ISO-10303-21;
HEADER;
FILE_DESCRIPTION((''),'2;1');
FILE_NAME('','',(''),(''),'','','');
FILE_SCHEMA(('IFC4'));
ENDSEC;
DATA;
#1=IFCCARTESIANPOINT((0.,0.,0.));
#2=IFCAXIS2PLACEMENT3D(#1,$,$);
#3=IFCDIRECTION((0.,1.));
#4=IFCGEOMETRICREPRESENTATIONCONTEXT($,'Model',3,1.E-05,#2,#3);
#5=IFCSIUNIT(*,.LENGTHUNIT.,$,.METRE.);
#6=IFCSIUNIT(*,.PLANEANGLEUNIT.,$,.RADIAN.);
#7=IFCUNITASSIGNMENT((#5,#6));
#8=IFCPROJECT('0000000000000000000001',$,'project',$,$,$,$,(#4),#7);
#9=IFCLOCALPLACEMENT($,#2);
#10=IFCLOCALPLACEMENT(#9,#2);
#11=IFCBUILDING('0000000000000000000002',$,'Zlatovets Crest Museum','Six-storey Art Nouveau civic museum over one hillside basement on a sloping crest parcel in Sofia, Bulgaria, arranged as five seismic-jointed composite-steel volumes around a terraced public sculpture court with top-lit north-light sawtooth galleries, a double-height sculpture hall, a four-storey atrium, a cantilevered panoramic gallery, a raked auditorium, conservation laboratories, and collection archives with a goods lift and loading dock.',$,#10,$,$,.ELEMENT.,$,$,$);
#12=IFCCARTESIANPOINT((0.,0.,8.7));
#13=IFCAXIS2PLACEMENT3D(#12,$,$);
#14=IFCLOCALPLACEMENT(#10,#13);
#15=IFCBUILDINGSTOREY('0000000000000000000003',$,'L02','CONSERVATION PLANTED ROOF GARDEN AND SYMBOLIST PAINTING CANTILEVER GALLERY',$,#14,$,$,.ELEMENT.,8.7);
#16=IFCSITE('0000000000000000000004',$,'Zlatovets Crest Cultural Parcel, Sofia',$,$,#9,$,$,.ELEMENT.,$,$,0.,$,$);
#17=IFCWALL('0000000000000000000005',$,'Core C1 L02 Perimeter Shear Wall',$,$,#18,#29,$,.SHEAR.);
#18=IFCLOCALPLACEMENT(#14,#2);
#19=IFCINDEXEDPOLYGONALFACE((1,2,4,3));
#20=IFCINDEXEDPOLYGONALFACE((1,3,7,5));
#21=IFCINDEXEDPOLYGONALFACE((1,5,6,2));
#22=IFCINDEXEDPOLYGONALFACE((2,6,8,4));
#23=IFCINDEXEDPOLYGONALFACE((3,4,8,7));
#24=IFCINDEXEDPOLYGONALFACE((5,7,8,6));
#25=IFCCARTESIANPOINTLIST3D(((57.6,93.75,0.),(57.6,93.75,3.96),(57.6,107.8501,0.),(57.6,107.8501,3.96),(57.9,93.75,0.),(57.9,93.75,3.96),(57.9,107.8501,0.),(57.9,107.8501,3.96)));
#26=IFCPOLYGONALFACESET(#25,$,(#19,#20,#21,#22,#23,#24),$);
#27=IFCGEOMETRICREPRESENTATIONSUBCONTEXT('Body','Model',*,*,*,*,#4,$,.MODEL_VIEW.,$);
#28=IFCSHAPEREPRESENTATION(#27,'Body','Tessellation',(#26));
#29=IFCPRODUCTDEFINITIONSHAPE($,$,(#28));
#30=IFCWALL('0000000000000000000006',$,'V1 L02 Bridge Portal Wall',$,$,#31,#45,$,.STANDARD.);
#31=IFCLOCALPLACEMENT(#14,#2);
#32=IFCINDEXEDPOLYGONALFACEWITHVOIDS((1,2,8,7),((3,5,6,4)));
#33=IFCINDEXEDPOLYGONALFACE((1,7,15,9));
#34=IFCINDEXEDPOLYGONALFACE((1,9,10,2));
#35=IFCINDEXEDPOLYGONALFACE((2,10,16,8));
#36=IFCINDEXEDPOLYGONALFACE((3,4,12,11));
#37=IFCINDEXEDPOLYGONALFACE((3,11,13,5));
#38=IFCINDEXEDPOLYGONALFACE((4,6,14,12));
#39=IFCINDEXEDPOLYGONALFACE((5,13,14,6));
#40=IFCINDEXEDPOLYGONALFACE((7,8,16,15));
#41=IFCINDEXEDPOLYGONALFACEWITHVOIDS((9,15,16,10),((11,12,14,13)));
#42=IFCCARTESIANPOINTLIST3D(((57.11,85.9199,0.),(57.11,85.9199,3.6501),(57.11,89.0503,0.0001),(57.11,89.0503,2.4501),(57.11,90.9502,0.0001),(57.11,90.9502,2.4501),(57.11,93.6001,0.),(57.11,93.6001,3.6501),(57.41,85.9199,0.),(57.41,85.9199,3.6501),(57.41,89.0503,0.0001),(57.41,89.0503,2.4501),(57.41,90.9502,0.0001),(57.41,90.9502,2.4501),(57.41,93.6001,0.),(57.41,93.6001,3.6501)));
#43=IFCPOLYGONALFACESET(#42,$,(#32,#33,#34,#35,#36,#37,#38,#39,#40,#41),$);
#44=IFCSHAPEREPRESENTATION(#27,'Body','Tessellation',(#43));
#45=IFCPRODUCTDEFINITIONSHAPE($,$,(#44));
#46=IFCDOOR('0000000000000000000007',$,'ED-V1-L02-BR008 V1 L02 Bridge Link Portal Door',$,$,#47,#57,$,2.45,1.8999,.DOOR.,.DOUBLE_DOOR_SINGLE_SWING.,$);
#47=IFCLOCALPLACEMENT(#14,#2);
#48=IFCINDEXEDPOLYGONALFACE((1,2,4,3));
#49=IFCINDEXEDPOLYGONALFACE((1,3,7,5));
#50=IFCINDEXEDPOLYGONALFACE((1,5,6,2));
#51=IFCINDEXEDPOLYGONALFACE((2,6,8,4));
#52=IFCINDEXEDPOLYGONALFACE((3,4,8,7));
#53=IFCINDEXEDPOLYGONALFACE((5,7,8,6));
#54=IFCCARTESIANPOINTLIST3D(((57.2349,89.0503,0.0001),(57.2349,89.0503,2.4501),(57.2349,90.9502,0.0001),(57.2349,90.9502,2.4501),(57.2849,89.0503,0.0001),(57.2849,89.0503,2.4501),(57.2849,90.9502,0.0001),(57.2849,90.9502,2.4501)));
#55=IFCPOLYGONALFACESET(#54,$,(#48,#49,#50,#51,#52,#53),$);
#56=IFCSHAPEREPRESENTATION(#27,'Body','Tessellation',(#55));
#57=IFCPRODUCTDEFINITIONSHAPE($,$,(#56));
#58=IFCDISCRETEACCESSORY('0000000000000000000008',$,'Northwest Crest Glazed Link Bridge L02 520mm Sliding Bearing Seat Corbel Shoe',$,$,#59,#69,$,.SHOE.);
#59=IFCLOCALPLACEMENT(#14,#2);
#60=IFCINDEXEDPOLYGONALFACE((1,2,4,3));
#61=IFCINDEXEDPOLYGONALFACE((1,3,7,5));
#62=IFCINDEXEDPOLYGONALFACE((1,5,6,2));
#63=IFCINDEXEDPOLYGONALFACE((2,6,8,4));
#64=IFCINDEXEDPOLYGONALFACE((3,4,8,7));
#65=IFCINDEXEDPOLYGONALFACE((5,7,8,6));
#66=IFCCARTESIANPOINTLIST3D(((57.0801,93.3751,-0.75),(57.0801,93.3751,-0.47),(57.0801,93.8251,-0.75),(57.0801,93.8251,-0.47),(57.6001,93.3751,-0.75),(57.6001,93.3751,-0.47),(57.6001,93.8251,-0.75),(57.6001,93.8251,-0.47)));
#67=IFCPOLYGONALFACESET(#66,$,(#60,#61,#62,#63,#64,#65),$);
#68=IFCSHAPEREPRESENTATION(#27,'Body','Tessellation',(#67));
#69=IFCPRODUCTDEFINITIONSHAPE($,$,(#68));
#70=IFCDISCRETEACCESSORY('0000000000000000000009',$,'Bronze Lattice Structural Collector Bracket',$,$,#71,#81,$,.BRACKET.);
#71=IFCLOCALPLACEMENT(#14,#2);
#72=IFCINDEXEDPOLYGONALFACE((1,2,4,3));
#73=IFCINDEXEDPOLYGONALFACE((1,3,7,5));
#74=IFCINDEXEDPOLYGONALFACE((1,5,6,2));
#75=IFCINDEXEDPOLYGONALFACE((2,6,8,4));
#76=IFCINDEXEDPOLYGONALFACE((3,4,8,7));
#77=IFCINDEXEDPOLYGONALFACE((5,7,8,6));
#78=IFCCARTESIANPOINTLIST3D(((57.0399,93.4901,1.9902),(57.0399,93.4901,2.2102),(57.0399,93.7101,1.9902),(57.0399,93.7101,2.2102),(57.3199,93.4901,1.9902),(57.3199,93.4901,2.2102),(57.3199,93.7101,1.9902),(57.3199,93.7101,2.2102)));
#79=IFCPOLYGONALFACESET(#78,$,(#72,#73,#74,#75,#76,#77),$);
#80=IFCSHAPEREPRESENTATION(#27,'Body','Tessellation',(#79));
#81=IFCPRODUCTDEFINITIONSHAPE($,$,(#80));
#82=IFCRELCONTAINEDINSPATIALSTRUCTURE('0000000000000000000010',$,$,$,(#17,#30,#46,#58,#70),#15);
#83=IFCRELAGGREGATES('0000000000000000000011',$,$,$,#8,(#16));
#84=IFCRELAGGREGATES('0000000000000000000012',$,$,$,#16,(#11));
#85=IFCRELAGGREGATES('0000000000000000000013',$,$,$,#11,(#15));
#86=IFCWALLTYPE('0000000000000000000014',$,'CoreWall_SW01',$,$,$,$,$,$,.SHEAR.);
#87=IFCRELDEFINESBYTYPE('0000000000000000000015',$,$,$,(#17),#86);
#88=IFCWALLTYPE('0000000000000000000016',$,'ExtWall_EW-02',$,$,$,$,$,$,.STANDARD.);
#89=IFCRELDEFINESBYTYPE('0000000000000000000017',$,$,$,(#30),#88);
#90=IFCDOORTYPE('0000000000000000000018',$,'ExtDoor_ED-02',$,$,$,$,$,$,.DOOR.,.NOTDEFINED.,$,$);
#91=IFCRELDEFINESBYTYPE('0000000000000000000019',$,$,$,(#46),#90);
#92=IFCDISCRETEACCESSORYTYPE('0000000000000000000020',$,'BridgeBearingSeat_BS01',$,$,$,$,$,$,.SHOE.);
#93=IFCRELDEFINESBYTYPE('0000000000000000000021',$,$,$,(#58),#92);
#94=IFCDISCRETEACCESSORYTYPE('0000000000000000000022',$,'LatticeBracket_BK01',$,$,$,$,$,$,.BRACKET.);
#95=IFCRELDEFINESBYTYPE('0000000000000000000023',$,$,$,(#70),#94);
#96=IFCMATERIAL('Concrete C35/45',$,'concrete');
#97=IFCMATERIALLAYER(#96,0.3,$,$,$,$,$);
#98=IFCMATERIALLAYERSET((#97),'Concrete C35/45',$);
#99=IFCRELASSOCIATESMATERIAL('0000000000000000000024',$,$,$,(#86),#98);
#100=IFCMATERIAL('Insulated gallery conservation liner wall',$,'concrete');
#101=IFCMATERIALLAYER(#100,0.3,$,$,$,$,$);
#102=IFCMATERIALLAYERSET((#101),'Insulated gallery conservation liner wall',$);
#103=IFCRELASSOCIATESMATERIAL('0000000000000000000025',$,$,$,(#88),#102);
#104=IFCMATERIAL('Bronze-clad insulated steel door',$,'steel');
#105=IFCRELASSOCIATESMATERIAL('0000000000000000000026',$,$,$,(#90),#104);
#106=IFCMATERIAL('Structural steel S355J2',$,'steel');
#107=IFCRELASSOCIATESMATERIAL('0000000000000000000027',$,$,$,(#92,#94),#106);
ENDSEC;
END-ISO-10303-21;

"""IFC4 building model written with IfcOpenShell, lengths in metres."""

from ifc_helpers import new_model, si_unit, direction, frame, frame_2d, origin, origin_2d, place, context, subcontext, project, spatial, rectangle, extrude, material, layer, layer_set, type_object, element, fill, save


model = new_model("IFC4")

# Units and contexts
model_context = context("Model", 3, precision=1e-05, world=origin(), true_north=direction((0.0, 1.0)))
body_context = subcontext(model_context, "Body", "Model", "MODEL_VIEW")
ifc_project = project(units=[si_unit("LENGTHUNIT", "METRE"), si_unit("PLANEANGLEUNIT", "RADIAN")], contexts=[model_context])

# Site, building, storey
site_placement = place(None, origin())
site = spatial("IfcSite", under=ifc_project, at=site_placement, Name="Zlatovets Crest Cultural Parcel, Sofia", CompositionType="ELEMENT", RefElevation=0.0)
building_placement = place(site_placement, origin())
building = spatial("IfcBuilding", under=site, at=building_placement, Name="Zlatovets Crest Museum", Description="Six-storey Art Nouveau civic museum over one hillside basement on a sloping crest parcel in Sofia, Bulgaria, arranged as five seismic-jointed composite-steel volumes around a terraced public sculpture court with top-lit north-light sawtooth galleries, a double-height sculpture hall, a four-storey atrium, a cantilevered panoramic gallery, a raked auditorium, conservation laboratories, and collection archives with a goods lift and loading dock.", CompositionType="ELEMENT")
storey_placement = place(building_placement, frame((0.0, 0.0, 8.7)))
storey = spatial("IfcBuildingStorey", under=building, at=storey_placement, Name="L02", Description="CONSERVATION PLANTED ROOF GARDEN AND SYMBOLIST PAINTING CANTILEVER GALLERY", CompositionType="ELEMENT", Elevation=8.7)

# Shared definitions
ifc_material_1 = material(Name="Structural steel S355J2", Category="steel")

# Wall
ifc_material_2 = material(Name="Concrete C35/45", Category="concrete")
ifc_layer_1 = layer(ifc_material_2, 0.3)
ifc_layer_set_1 = layer_set([ifc_layer_1], Name="Concrete C35/45")
wall_type_1 = type_object("IfcWallType", Name="CoreWall_SW01", PredefinedType="SHEAR", material=ifc_layer_set_1)
wall_1_placement = place(storey_placement, frame((57.75, 93.75, 0.0), z_axis=(0.0, 0.0, 1.0), x_axis=(0.0, 1.0, 0.0)))
element("IfcWall", 1, at=wall_1_placement, inside=storey, type_object=wall_type_1, Name="Core C1 L02 Perimeter Shear Wall", PredefinedType="SHEAR", context=body_context, shape_type="SweptSolid", body=[
    extrude(rectangle(XDim=14.1001, YDim=0.3, at=frame_2d((7.05, 0.0))), origin(), (0.0, 0.0, 1.0), 3.96),
])

# Wall, opening, door
ifc_material_3 = material(Name="Insulated gallery conservation liner wall", Category="concrete")
ifc_layer_2 = layer(ifc_material_3, 0.3)
ifc_layer_set_2 = layer_set([ifc_layer_2], Name="Insulated gallery conservation liner wall")
wall_type_2 = type_object("IfcWallType", Name="ExtWall_EW-02", PredefinedType="STANDARD", material=ifc_layer_set_2)
wall_2_placement = place(storey_placement, frame((57.26, 93.6001, 0.0), z_axis=(0.0, 0.0, 1.0), x_axis=(0.0, -1.0, 0.0)))
wall_2 = element("IfcWall", 2, at=wall_2_placement, inside=storey, type_object=wall_type_2, Name="V1 L02 Bridge Portal Wall", PredefinedType="STANDARD", context=body_context, shape_type="SweptSolid", body=[
    extrude(rectangle(XDim=7.6802, YDim=0.3, at=frame_2d((3.8401, 0.0))), origin(), (0.0, 0.0, 1.0), 3.6501),
])
opening_placement = place(wall_2_placement, frame((2.6499, 0.0, 0.0)))
opening = element("IfcOpeningElement", 3, at=opening_placement, cuts=wall_2, PredefinedType="OPENING", context=body_context, shape_type="SweptSolid", body=[
    extrude(rectangle(XDim=1.8999, YDim=2.45, at=frame_2d((0.95, 1.2251))), frame((0.0, 0.1602, 0.0), z_axis=(0.0, -1.0, 0.0), x_axis=(1.0, 0.0, 0.0)), (0.0, 0.0, 1.0), 0.3201),
])
ifc_material_4 = material(Name="Bronze-clad insulated steel door", Category="steel")
door_type = type_object("IfcDoorType", Name="ExtDoor_ED-02", OperationType="NOTDEFINED", PredefinedType="DOOR", material=ifc_material_4)
door_placement = place(opening_placement, origin())
door = element("IfcDoor", 4, at=door_placement, inside=storey, type_object=door_type, Name="ED-V1-L02-BR008 V1 L02 Bridge Link Portal Door", OperationType="DOUBLE_DOOR_SINGLE_SWING", OverallHeight=2.45, OverallWidth=1.8999, PredefinedType="DOOR", context=body_context, shape_type="SweptSolid", body=[
    extrude(rectangle(XDim=1.8999, YDim=2.45, at=frame_2d((0.95, 1.2251))), frame((0.0, 0.0249, 0.0), z_axis=(0.0, -1.0, 0.0), x_axis=(1.0, 0.0, 0.0)), (0.0, 0.0, 1.0), 0.05),
])
fill(opening, door)

# Discrete accessories
discrete_accessory_type_1 = type_object("IfcDiscreteAccessoryType", Name="BridgeBearingSeat_BS01", PredefinedType="SHOE", material=ifc_material_1)
discrete_accessory_1_placement = place(storey_placement, frame((57.3401, 93.6001, -0.75), z_axis=(0.0, 0.0, 1.0), x_axis=(1.0, 0.0, 0.0)))
element("IfcDiscreteAccessory", 5, at=discrete_accessory_1_placement, inside=storey, type_object=discrete_accessory_type_1, Name="Northwest Crest Glazed Link Bridge L02 520mm Sliding Bearing Seat Corbel Shoe", PredefinedType="SHOE", context=body_context, shape_type="SweptSolid", body=[
    extrude(rectangle(XDim=0.52, YDim=0.45, at=origin_2d()), origin(), (0.0, 0.0, 1.0), 0.28),
])
discrete_accessory_type_2 = type_object("IfcDiscreteAccessoryType", Name="LatticeBracket_BK01", PredefinedType="BRACKET", material=ifc_material_1)
discrete_accessory_2_placement = place(storey_placement, frame((57.1799, 93.6001, 1.9902), z_axis=(0.0, 0.0, 1.0), x_axis=(1.0, 0.0, 0.0)))
element("IfcDiscreteAccessory", 6, at=discrete_accessory_2_placement, inside=storey, type_object=discrete_accessory_type_2, Name="Bronze Lattice Structural Collector Bracket", PredefinedType="BRACKET", context=body_context, shape_type="SweptSolid", body=[
    extrude(rectangle(XDim=0.28, YDim=0.22, at=origin_2d()), origin(), (0.0, 0.0, 1.0), 0.22),
])

save(model, "model.ifc")
